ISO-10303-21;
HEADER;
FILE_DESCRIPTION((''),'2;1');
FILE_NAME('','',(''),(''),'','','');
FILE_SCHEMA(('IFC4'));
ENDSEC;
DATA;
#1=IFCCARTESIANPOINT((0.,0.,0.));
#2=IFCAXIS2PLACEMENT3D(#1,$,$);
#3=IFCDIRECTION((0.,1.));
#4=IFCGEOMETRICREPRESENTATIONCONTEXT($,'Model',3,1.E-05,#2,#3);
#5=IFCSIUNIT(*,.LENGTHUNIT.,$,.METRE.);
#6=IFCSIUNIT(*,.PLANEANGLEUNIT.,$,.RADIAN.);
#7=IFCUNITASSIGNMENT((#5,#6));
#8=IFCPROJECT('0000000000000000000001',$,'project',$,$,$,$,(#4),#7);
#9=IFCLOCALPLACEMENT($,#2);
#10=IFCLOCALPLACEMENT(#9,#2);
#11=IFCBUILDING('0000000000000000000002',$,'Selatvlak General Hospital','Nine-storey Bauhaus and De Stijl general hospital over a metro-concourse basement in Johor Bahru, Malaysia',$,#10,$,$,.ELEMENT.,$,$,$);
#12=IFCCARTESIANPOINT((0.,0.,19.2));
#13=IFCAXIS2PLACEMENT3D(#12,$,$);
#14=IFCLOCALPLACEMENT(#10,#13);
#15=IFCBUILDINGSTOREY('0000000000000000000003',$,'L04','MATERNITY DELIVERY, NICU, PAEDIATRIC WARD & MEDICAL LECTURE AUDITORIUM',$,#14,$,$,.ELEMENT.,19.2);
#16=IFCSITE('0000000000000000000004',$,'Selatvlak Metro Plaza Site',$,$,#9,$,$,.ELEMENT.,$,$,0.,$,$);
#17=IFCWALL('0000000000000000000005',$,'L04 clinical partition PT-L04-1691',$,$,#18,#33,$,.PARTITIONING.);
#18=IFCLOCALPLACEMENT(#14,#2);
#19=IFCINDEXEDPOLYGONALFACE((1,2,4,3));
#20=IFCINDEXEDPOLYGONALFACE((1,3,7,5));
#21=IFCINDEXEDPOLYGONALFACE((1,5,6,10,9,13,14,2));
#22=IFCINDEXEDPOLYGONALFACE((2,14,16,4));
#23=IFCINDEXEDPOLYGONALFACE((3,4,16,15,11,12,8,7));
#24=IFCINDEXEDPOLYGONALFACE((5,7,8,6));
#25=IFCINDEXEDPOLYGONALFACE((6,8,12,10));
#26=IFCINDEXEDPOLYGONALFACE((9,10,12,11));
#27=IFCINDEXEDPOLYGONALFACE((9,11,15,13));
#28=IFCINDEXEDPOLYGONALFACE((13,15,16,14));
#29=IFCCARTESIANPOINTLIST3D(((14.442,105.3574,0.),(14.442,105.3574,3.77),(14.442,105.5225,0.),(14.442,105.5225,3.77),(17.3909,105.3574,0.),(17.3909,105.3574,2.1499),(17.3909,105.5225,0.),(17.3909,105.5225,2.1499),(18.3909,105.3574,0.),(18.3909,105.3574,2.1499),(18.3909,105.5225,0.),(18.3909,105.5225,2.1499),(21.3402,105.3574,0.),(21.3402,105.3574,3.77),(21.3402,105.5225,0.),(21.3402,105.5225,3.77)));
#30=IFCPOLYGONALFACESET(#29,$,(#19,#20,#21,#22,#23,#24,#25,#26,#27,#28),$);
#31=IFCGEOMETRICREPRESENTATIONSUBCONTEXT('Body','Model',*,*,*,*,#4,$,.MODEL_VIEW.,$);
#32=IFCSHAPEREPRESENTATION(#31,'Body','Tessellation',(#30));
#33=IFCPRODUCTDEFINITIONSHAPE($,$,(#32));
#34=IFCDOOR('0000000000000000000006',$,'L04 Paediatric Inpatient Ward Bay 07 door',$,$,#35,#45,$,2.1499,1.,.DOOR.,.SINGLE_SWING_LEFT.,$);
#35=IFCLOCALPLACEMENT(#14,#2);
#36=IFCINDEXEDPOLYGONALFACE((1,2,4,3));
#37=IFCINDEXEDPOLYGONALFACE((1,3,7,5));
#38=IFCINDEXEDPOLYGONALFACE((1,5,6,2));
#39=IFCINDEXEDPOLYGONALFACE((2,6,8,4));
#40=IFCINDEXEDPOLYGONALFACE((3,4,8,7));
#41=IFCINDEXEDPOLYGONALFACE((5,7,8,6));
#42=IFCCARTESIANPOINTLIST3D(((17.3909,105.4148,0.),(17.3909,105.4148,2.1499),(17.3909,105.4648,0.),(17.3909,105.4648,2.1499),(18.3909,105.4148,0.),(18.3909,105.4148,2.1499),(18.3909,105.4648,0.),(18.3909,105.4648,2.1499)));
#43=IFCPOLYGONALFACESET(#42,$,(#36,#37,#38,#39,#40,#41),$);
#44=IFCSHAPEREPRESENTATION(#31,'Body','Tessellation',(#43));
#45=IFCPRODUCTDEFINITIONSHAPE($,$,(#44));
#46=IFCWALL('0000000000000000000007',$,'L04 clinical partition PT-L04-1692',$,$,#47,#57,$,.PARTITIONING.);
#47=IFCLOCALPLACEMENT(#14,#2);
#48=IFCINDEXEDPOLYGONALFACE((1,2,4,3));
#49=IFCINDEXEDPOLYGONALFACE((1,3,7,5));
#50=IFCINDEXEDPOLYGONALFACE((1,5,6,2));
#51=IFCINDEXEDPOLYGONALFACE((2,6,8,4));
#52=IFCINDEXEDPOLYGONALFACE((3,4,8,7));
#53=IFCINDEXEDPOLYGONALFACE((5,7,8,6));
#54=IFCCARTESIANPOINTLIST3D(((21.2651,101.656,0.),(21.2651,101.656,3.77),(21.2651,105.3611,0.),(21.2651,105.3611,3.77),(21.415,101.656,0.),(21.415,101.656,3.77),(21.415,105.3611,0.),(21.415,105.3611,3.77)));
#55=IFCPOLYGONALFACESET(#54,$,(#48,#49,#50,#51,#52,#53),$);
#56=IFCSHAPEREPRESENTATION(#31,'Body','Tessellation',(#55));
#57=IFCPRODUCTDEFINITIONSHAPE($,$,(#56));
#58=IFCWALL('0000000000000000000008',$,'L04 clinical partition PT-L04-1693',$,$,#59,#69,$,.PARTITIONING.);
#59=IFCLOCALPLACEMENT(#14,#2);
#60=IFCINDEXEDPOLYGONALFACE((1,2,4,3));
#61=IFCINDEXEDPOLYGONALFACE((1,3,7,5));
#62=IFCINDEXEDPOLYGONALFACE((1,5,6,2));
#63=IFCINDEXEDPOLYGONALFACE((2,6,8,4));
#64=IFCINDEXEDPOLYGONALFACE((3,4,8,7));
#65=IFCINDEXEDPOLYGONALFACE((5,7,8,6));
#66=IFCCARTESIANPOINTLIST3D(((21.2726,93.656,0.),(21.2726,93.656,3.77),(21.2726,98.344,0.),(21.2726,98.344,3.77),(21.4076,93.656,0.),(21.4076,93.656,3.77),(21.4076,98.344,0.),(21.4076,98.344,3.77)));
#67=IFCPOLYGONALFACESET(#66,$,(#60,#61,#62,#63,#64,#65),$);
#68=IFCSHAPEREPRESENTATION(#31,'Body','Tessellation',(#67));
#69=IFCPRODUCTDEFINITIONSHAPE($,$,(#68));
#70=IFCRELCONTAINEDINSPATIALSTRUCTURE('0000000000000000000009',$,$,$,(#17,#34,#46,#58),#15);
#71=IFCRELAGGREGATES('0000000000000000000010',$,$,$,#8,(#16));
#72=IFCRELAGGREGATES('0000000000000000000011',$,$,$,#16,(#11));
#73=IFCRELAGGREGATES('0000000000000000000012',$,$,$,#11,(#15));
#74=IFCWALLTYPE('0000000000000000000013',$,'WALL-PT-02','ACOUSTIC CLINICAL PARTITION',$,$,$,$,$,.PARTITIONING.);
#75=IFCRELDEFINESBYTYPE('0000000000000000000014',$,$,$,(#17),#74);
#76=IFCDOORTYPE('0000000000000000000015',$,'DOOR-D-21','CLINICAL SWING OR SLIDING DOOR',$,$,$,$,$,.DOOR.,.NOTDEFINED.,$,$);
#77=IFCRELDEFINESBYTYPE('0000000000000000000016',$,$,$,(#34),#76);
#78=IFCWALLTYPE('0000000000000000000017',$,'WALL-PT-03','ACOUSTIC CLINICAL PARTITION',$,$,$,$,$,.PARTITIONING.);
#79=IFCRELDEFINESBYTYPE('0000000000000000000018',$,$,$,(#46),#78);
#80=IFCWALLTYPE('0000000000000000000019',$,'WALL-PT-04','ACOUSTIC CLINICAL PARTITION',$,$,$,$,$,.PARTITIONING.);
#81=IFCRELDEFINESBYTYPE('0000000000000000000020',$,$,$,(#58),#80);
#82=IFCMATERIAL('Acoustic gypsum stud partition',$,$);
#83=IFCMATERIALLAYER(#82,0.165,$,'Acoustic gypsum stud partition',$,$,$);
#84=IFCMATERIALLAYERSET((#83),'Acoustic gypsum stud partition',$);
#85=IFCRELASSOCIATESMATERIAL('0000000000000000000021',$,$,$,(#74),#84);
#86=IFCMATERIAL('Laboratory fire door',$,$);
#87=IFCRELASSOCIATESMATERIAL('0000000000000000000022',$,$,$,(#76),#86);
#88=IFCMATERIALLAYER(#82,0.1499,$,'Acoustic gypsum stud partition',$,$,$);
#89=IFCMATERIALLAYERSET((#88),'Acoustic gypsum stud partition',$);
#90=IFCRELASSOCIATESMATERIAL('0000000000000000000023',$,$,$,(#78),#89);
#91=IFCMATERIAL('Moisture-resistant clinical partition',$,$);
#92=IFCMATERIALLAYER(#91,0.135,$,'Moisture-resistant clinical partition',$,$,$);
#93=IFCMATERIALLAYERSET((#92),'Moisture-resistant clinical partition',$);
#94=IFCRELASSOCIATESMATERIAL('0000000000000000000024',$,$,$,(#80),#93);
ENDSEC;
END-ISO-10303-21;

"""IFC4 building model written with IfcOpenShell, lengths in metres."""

from ifc_helpers import new_model, si_unit, direction, frame, frame_2d, origin, place, context, subcontext, project, spatial, rectangle, extrude, material, layer, layer_set, type_object, element, fill, save


model = new_model("IFC4")

# Units and contexts
model_context = context("Model", 3, precision=1e-05, world=origin(), true_north=direction((0.0, 1.0)))
body_context = subcontext(model_context, "Body", "Model", "MODEL_VIEW")
ifc_project = project(units=[si_unit("LENGTHUNIT", "METRE"), si_unit("PLANEANGLEUNIT", "RADIAN")], contexts=[model_context])

# Site, building, storey
site_placement = place(None, origin())
site = spatial("IfcSite", under=ifc_project, at=site_placement, Name="Selatvlak Metro Plaza Site", CompositionType="ELEMENT", RefElevation=0.0)
building_placement = place(site_placement, origin())
building = spatial("IfcBuilding", under=site, at=building_placement, Name="Selatvlak General Hospital", Description="Nine-storey Bauhaus and De Stijl general hospital over a metro-concourse basement in Johor Bahru, Malaysia", CompositionType="ELEMENT")
storey_placement = place(building_placement, frame((0.0, 0.0, 19.2)))
storey = spatial("IfcBuildingStorey", under=building, at=storey_placement, Name="L04", Description="MATERNITY DELIVERY, NICU, PAEDIATRIC WARD & MEDICAL LECTURE AUDITORIUM", CompositionType="ELEMENT", Elevation=19.2)

# Shared definitions
ifc_material_1 = material(Name="Acoustic gypsum stud partition")

# Wall, opening, door
ifc_layer_1 = layer(ifc_material_1, 0.165, Name="Acoustic gypsum stud partition")
ifc_layer_set_1 = layer_set([ifc_layer_1], Name="Acoustic gypsum stud partition")
wall_type_1 = type_object("IfcWallType", Name="WALL-PT-02", Description="ACOUSTIC CLINICAL PARTITION", PredefinedType="PARTITIONING", material=ifc_layer_set_1)
wall_1_placement = place(storey_placement, frame((14.4419, 105.4399, 0.0), z_axis=(0.0, 0.0, 1.0), x_axis=(1.0, 0.0, 0.0)))
wall_1 = element("IfcWall", 1, at=wall_1_placement, inside=storey, type_object=wall_type_1, Name="L04 clinical partition PT-L04-1691", PredefinedType="PARTITIONING", context=body_context, shape_type="SweptSolid", body=[
    extrude(rectangle(XDim=6.8982, YDim=0.165, at=frame_2d((3.4492, 0.0))), origin(), (0.0, 0.0, 1.0), 3.77),
])
opening_1_placement = place(wall_1_placement, frame((2.949, 0.0, 0.0)))
opening_1 = element("IfcOpeningElement", 2, at=opening_1_placement, cuts=wall_1, PredefinedType="OPENING", context=body_context, shape_type="SweptSolid", body=[
    extrude(rectangle(XDim=1.0, YDim=2.1499, at=frame_2d((0.5, 1.075))), frame((0.0, 0.0925, 0.0), z_axis=(0.0, -1.0, 0.0), x_axis=(1.0, 0.0, 0.0)), (0.0, 0.0, 1.0), 0.1851),
])
ifc_material_2 = material(Name="Laboratory fire door")
door_type_1 = type_object("IfcDoorType", Name="DOOR-D-21", Description="CLINICAL SWING OR SLIDING DOOR", OperationType="NOTDEFINED", PredefinedType="DOOR", material=ifc_material_2)
door_1_placement = place(opening_1_placement, origin())
door_1 = element("IfcDoor", 3, at=door_1_placement, inside=storey, type_object=door_type_1, Name="L04 Paediatric Inpatient Ward Bay 07 door", OperationType="SINGLE_SWING_LEFT", OverallHeight=2.1499, OverallWidth=1.0, PredefinedType="DOOR", context=body_context, shape_type="SweptSolid", body=[
    extrude(rectangle(XDim=1.0, YDim=2.1499, at=frame_2d((0.5, 1.075))), frame((0.0, 0.0249, 0.0), z_axis=(0.0, -1.0, 0.0), x_axis=(1.0, 0.0, 0.0)), (0.0, 0.0, 1.0), 0.05),
])
fill(opening_1, door_1)

# Walls
ifc_layer_2 = layer(ifc_material_1, 0.1499, Name="Acoustic gypsum stud partition")
ifc_layer_set_2 = layer_set([ifc_layer_2], Name="Acoustic gypsum stud partition")
wall_type_2 = type_object("IfcWallType", Name="WALL-PT-03", Description="ACOUSTIC CLINICAL PARTITION", PredefinedType="PARTITIONING", material=ifc_layer_set_2)
wall_2_placement = place(storey_placement, frame((21.3401, 105.3611, 0.0), z_axis=(0.0, 0.0, 1.0), x_axis=(0.0, -1.0, 0.0)))
element("IfcWall", 4, at=wall_2_placement, inside=storey, type_object=wall_type_2, Name="L04 clinical partition PT-L04-1692", PredefinedType="PARTITIONING", context=body_context, shape_type="SweptSolid", body=[
    extrude(rectangle(XDim=3.7051, YDim=0.1499, at=frame_2d((1.8525, 0.0))), origin(), (0.0, 0.0, 1.0), 3.77),
])
ifc_material_3 = material(Name="Moisture-resistant clinical partition")
ifc_layer_3 = layer(ifc_material_3, 0.135, Name="Moisture-resistant clinical partition")
ifc_layer_set_3 = layer_set([ifc_layer_3], Name="Moisture-resistant clinical partition")
wall_type_3 = type_object("IfcWallType", Name="WALL-PT-04", Description="ACOUSTIC CLINICAL PARTITION", PredefinedType="PARTITIONING", material=ifc_layer_set_3)
wall_3_placement = place(storey_placement, frame((21.3401, 98.344, 0.0), z_axis=(0.0, 0.0, 1.0), x_axis=(0.0, -1.0, 0.0)))
element("IfcWall", 5, at=wall_3_placement, inside=storey, type_object=wall_type_3, Name="L04 clinical partition PT-L04-1693", PredefinedType="PARTITIONING", context=body_context, shape_type="SweptSolid", body=[
    extrude(rectangle(XDim=4.688, YDim=0.135, at=frame_2d((2.344, 0.0))), origin(), (0.0, 0.0, 1.0), 3.77),
])

save(model, "model.ifc")
